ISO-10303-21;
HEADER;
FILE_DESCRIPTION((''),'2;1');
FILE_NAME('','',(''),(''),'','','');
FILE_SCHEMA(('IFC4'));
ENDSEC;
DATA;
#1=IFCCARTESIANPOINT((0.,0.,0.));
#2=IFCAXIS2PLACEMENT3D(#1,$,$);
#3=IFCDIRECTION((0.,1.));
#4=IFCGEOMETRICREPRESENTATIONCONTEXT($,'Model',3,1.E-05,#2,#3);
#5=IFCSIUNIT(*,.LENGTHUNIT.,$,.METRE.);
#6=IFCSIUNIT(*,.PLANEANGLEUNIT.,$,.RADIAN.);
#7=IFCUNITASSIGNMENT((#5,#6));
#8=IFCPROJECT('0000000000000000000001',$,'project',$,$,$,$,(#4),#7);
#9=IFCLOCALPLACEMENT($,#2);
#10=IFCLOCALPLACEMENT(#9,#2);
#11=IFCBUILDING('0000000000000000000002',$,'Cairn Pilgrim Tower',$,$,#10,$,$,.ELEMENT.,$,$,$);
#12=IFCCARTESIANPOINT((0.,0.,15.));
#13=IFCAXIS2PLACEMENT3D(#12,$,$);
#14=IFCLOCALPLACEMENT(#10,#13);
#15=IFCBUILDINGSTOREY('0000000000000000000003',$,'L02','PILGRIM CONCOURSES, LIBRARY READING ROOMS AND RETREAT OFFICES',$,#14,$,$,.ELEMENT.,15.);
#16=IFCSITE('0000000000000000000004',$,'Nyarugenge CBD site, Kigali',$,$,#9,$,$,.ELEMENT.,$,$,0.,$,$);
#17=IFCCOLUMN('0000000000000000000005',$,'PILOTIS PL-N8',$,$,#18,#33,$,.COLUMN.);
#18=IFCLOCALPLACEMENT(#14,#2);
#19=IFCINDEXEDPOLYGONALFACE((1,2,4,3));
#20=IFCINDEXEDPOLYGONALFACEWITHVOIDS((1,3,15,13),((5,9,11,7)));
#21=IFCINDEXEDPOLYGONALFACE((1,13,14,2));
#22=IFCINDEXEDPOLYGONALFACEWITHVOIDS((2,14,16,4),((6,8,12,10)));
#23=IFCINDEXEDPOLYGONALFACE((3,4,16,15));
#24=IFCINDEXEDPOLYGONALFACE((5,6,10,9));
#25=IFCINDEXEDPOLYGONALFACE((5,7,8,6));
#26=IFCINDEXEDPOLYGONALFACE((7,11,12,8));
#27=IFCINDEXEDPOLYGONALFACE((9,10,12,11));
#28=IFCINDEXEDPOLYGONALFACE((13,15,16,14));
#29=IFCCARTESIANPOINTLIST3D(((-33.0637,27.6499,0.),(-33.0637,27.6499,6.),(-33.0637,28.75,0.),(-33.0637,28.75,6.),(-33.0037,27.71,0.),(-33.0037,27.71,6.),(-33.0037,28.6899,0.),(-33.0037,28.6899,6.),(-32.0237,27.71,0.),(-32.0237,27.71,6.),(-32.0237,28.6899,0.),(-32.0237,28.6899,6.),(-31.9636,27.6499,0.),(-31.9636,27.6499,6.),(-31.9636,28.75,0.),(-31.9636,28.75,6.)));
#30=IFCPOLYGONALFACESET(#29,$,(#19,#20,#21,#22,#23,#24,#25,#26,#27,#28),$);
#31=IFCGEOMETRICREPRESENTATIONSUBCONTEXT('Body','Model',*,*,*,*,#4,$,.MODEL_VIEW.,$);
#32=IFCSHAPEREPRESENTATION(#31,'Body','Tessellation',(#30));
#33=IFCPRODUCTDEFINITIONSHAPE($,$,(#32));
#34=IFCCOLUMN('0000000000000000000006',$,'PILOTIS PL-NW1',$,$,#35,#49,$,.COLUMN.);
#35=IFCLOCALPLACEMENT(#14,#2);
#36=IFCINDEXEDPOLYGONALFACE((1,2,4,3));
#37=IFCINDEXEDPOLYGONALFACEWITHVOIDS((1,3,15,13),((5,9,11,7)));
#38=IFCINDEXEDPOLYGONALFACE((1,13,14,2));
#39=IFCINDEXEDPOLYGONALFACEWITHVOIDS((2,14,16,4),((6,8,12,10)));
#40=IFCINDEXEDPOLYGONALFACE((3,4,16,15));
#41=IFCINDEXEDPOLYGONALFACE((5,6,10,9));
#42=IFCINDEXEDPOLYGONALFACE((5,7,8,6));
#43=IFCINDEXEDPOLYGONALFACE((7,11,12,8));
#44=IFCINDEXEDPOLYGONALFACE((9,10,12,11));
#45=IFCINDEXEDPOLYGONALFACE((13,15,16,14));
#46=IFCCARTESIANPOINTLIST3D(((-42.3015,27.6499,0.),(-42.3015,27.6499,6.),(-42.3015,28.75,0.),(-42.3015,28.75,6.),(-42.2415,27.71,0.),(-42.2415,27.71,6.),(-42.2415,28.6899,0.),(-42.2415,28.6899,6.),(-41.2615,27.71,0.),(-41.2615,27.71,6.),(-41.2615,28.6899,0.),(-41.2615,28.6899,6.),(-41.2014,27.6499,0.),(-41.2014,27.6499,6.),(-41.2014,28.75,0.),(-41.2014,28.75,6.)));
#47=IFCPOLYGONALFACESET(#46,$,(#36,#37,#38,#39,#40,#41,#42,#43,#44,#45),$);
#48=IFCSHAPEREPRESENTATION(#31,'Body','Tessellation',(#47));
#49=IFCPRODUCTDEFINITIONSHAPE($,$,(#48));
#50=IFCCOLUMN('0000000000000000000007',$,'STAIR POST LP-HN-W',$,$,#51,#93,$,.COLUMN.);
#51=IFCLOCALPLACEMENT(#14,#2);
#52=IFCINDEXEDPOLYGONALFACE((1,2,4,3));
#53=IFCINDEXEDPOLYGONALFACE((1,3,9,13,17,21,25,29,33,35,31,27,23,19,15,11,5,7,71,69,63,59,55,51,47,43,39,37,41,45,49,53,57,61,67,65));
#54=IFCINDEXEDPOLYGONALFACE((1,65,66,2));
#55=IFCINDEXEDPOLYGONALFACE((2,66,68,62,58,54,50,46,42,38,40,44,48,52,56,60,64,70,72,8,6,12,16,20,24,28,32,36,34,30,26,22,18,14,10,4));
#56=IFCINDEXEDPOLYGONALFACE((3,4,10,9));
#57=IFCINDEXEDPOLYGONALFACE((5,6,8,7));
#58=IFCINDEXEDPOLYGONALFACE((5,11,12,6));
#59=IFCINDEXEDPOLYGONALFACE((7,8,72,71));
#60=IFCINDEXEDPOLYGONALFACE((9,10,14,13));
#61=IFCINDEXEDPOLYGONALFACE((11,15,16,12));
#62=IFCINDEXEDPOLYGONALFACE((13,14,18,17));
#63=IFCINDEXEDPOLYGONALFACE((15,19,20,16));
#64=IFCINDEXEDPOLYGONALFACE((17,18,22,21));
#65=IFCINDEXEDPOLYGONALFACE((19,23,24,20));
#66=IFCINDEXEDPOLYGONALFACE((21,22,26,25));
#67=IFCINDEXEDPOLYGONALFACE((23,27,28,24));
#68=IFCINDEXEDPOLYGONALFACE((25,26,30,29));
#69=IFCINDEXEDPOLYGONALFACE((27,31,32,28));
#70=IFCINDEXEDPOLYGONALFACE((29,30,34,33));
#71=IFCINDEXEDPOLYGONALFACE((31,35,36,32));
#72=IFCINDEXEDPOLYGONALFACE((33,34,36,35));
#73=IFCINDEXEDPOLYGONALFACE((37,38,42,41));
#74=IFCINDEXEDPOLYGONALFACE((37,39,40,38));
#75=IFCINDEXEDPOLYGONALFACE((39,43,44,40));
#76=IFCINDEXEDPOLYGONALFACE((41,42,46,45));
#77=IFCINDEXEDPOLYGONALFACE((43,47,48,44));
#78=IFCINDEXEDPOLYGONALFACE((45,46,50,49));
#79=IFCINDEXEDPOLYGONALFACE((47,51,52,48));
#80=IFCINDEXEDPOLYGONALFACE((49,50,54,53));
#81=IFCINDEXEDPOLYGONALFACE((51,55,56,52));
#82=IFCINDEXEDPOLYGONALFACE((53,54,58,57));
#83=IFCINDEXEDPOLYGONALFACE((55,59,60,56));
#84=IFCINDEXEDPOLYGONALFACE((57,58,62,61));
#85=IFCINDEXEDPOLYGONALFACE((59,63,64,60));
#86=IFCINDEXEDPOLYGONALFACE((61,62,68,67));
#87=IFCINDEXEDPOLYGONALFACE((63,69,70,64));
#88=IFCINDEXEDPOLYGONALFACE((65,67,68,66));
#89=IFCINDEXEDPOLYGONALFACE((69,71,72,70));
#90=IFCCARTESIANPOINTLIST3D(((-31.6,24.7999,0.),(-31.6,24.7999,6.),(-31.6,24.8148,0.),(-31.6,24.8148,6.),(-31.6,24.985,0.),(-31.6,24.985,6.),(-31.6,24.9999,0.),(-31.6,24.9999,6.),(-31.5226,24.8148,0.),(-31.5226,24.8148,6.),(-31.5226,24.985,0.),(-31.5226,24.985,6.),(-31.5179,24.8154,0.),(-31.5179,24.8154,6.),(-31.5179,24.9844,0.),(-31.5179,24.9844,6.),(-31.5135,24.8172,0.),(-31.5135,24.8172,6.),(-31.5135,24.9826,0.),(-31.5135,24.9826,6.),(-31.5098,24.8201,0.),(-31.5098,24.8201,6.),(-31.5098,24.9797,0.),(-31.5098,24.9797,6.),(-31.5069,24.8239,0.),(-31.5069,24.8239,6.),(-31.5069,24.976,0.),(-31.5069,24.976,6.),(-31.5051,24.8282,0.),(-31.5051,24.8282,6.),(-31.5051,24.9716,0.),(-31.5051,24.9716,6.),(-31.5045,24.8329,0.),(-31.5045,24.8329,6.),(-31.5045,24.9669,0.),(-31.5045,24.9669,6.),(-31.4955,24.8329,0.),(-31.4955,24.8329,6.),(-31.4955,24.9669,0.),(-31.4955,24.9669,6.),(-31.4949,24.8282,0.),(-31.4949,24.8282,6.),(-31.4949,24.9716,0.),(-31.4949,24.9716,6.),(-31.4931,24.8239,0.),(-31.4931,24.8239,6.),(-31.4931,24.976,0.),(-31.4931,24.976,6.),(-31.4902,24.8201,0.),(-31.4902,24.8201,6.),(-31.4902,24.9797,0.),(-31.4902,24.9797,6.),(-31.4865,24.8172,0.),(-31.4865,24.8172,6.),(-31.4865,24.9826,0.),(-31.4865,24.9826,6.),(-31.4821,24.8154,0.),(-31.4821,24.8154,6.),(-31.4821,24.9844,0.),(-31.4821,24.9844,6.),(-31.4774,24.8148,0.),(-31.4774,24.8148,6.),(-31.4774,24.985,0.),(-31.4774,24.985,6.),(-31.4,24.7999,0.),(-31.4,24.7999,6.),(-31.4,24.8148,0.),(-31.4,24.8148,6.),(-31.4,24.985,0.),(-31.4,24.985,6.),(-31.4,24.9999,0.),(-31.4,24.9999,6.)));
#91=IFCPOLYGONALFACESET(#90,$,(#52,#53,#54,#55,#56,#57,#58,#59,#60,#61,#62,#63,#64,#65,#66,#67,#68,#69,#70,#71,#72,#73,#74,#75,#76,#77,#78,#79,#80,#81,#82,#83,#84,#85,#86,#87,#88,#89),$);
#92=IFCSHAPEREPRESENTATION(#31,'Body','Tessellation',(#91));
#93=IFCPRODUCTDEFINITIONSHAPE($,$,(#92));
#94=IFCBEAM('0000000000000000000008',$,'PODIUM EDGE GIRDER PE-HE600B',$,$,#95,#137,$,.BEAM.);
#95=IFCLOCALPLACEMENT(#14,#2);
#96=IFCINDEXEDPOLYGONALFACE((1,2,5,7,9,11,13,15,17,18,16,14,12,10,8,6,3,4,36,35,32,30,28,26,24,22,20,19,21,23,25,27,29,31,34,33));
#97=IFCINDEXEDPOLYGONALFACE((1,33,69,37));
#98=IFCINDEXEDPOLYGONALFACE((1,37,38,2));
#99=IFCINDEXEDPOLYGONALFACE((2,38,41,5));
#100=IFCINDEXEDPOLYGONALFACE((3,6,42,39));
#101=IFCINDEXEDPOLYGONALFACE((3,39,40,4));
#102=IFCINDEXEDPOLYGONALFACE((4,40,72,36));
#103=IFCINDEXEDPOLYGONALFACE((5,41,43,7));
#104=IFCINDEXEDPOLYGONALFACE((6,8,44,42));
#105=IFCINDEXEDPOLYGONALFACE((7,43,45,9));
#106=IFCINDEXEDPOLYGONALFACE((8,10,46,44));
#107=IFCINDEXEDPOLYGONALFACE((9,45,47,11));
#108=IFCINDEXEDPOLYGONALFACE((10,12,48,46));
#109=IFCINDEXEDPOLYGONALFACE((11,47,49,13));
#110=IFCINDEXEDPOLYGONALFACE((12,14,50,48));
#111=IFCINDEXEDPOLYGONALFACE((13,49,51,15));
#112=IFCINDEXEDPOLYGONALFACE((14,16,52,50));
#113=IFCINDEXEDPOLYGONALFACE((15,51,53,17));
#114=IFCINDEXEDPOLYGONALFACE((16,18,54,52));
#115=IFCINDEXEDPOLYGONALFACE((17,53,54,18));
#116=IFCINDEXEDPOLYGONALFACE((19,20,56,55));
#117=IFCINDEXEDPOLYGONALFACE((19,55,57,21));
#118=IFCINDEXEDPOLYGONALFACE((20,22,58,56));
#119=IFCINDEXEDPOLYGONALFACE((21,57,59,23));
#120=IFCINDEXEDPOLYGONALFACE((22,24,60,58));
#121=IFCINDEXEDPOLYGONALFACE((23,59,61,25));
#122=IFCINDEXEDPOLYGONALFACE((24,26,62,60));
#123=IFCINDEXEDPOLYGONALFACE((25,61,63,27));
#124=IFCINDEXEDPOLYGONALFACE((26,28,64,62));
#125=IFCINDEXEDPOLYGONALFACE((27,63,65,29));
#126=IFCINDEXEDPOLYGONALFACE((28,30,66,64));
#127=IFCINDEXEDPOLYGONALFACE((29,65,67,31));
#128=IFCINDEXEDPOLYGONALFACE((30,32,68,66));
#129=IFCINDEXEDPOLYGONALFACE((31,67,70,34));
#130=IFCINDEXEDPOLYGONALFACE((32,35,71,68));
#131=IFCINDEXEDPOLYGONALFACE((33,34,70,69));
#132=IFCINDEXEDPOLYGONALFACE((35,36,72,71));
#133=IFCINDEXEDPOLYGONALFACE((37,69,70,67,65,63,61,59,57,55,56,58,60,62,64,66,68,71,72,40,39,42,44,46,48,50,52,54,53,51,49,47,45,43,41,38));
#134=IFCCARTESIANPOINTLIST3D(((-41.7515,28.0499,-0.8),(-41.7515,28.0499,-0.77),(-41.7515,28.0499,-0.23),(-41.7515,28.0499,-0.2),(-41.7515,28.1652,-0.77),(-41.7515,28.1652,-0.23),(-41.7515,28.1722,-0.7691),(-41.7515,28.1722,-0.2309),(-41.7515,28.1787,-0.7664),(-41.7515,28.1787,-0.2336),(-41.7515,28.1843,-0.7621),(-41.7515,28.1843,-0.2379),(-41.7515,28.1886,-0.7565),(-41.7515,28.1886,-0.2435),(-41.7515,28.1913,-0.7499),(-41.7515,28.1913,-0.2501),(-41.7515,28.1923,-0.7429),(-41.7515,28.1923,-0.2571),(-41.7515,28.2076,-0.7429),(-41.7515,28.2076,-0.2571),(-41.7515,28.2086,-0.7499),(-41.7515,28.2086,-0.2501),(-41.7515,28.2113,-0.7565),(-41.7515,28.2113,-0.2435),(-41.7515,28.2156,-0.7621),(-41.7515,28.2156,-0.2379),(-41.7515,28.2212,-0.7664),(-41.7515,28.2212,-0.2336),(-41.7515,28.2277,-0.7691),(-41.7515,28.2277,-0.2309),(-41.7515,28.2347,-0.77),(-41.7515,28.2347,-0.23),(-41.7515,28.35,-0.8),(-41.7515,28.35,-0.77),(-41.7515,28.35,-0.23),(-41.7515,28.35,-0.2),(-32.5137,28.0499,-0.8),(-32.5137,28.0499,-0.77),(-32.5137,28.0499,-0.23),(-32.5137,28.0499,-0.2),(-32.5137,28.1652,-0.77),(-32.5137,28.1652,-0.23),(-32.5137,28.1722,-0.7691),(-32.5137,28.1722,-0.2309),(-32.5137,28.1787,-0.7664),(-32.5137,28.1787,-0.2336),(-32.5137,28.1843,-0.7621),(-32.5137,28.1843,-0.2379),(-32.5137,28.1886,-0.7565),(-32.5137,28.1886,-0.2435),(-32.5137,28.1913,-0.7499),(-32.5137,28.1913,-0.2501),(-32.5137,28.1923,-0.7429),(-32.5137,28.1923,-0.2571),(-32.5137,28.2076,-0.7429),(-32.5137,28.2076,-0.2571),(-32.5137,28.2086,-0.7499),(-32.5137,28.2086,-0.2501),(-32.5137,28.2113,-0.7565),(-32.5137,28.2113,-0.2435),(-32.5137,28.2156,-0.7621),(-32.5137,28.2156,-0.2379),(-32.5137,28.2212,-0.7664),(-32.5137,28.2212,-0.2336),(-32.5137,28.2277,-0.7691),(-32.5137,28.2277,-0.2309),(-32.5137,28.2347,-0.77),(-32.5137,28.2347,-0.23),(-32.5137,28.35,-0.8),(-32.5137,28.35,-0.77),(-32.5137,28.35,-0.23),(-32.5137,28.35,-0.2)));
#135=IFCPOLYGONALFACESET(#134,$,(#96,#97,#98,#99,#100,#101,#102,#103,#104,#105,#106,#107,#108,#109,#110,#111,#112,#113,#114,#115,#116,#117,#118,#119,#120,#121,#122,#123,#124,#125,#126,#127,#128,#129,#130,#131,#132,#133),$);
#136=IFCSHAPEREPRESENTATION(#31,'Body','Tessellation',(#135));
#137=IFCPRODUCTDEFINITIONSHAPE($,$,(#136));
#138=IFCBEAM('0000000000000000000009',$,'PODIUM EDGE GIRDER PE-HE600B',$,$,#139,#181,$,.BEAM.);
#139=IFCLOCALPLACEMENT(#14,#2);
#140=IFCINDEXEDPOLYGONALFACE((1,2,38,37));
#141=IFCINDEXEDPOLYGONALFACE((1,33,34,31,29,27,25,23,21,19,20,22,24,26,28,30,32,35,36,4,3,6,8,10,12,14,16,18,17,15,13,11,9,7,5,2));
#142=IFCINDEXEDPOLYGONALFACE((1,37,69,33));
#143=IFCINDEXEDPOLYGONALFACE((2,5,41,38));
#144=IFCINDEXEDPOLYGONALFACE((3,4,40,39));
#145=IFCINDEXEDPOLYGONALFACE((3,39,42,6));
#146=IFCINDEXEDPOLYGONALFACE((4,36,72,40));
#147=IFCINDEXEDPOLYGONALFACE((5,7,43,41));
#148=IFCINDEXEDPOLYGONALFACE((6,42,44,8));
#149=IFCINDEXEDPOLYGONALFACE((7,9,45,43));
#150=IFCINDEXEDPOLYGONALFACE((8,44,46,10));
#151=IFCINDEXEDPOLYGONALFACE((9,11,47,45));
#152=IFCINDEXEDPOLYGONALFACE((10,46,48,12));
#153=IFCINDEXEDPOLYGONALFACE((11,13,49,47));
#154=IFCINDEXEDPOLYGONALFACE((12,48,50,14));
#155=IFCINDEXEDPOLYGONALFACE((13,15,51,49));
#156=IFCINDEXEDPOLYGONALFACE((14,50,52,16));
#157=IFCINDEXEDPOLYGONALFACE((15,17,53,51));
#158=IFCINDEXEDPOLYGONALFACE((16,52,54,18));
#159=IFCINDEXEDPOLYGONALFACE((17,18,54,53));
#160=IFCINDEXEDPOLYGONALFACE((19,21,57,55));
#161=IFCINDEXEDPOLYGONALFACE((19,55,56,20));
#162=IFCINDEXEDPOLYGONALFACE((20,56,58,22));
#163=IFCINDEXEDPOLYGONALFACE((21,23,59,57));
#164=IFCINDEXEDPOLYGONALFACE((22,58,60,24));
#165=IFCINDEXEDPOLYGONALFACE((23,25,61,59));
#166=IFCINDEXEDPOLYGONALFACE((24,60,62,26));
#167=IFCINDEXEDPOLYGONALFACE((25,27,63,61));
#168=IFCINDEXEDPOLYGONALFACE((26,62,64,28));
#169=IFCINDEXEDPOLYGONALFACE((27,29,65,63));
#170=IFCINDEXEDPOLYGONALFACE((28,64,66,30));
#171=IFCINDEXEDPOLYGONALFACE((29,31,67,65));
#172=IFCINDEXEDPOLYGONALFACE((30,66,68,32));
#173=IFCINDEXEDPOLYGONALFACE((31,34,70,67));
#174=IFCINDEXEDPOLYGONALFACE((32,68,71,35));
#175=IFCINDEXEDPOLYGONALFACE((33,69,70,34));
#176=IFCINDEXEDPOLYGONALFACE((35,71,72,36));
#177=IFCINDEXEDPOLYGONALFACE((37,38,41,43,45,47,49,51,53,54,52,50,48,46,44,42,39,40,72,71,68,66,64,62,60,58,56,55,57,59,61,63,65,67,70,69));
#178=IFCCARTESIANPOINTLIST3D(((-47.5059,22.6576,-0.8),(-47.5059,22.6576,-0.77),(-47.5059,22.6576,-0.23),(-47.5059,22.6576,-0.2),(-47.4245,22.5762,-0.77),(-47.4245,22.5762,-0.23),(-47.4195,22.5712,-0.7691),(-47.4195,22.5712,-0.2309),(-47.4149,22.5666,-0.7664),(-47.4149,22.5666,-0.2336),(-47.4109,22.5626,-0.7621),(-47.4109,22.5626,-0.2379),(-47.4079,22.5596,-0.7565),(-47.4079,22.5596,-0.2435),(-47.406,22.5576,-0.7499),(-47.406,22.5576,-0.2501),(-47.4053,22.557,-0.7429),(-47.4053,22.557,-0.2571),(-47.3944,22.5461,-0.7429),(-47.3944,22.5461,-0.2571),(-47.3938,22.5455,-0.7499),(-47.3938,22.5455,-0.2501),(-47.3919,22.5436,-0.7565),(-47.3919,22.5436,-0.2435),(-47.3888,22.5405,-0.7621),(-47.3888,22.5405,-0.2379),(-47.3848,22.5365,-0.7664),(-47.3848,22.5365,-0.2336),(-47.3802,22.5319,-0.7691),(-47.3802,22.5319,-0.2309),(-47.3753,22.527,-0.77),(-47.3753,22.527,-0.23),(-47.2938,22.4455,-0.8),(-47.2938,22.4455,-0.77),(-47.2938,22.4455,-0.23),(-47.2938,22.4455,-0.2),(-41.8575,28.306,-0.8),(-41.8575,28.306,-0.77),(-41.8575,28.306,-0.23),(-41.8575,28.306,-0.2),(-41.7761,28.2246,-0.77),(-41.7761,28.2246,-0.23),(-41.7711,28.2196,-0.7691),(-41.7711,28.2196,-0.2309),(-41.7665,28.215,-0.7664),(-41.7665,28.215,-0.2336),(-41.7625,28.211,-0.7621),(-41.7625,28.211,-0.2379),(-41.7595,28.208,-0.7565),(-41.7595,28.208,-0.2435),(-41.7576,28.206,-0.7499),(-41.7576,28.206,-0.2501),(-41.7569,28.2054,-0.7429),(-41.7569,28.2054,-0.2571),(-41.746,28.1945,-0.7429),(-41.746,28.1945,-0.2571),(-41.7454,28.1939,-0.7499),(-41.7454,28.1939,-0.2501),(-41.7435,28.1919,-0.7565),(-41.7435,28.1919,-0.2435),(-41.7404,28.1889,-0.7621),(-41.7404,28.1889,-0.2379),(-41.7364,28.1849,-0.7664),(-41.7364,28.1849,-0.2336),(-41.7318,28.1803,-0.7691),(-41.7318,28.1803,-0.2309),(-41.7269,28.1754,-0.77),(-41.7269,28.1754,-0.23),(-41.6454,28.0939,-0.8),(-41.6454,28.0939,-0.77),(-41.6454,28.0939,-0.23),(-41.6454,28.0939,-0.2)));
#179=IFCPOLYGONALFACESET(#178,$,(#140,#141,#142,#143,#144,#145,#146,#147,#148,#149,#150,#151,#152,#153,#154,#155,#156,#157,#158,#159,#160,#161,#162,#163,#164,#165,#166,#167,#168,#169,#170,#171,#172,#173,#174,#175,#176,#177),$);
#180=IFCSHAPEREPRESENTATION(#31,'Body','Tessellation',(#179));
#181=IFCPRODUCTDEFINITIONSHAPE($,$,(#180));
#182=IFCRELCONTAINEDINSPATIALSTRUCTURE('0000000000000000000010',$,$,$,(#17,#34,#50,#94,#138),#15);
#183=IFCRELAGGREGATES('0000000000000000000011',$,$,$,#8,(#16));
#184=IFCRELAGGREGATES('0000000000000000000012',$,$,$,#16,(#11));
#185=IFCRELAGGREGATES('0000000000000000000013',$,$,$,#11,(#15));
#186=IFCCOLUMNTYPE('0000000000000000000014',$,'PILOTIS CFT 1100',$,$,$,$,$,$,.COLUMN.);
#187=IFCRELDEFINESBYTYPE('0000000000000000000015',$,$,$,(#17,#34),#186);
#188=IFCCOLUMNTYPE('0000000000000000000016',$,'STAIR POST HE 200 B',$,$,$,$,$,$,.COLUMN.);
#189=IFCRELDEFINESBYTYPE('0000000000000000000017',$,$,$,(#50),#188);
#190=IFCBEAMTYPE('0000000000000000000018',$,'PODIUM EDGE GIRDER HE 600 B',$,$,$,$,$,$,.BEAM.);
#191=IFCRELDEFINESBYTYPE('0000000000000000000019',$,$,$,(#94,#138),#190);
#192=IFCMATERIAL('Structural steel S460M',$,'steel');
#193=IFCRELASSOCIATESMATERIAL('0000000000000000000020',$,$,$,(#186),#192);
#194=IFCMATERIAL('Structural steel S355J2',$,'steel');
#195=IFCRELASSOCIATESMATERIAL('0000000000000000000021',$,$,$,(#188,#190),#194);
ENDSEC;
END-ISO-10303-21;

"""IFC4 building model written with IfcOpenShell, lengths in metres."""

from ifc_helpers import new_model, si_unit, direction, frame, origin, origin_2d, place, context, subcontext, project, spatial, hollow_rectangle, i_section, extrude, material, material_profile, profile_set, type_object, element, save


model = new_model("IFC4")

# Units and contexts
model_context = context("Model", 3, precision=1e-05, world=origin(), true_north=direction((0.0, 1.0)))
body_context = subcontext(model_context, "Body", "Model", "MODEL_VIEW")
ifc_project = project(units=[si_unit("LENGTHUNIT", "METRE"), si_unit("PLANEANGLEUNIT", "RADIAN")], contexts=[model_context])

# Site, building, storey
site_placement = place(None, origin())
site = spatial("IfcSite", under=ifc_project, at=site_placement, Name="Nyarugenge CBD site, Kigali", CompositionType="ELEMENT", RefElevation=0.0)
building_placement = place(site_placement, origin())
building = spatial("IfcBuilding", under=site, at=building_placement, Name="Cairn Pilgrim Tower", CompositionType="ELEMENT")
storey_placement = place(building_placement, frame((0.0, 0.0, 15.0)))
storey = spatial("IfcBuildingStorey", under=building, at=storey_placement, Name="L02", Description="PILGRIM CONCOURSES, LIBRARY READING ROOMS AND RETREAT OFFICES", CompositionType="ELEMENT", Elevation=15.0)

# Columns
ifc_material_1 = material(Name="Structural steel S460M", Category="steel")
ifc_material_profile_1 = material_profile(ifc_material_1, hollow_rectangle(XDim=1.1001, YDim=1.1001, WallThickness=0.0601, at=origin_2d()), Name="BOX 1100x1100x60")
ifc_profile_set_1 = profile_set([ifc_material_profile_1], Name="Structural steel S460M")
column_type_1 = type_object("IfcColumnType", Name="PILOTIS CFT 1100", PredefinedType="COLUMN", material=ifc_profile_set_1)
for number, where, z_axis, x_axis, name in (
    (1, (-32.5137, 28.2, 0.0), (0.0, 0.0, 1.0), (1.0, 0.0, 0.0), "PILOTIS PL-N8"),
    (2, (-41.7515, 28.2, 0.0), (0.0, 0.0, 1.0), (1.0, 0.0, 0.0), "PILOTIS PL-NW1"),
):
    element("IfcColumn", number, at=place(storey_placement, frame(where, z_axis=z_axis, x_axis=x_axis)), inside=storey, type_object=column_type_1, Name=name, PredefinedType="COLUMN", context=body_context, shape_type="SweptSolid", body=[
        extrude(hollow_rectangle(XDim=1.1001, YDim=1.1001, WallThickness=0.0601, at=origin_2d()), origin(), (0.0, 0.0, 1.0), 6.0),
    ])
ifc_material_2 = material(Name="Structural steel S355J2", Category="steel")
ifc_material_profile_2 = material_profile(ifc_material_2, i_section(OverallWidth=0.2, OverallDepth=0.2, WebThickness=0.009, FlangeThickness=0.0149, FilletRadius=0.0181, at=origin_2d()), Name="HE 200 B")
ifc_profile_set_2 = profile_set([ifc_material_profile_2], Name="Structural steel S355J2")
column_type_2 = type_object("IfcColumnType", Name="STAIR POST HE 200 B", PredefinedType="COLUMN", material=ifc_profile_set_2)
column_placement = place(storey_placement, frame((-31.5, 24.8999, 0.0), z_axis=(0.0, 0.0, 1.0), x_axis=(1.0, 0.0, 0.0)))
element("IfcColumn", 3, at=column_placement, inside=storey, type_object=column_type_2, Name="STAIR POST LP-HN-W", PredefinedType="COLUMN", context=body_context, shape_type="SweptSolid", body=[
    extrude(i_section(OverallWidth=0.2, OverallDepth=0.2, WebThickness=0.009, FlangeThickness=0.0149, FilletRadius=0.0181, at=origin_2d()), origin(), (0.0, 0.0, 1.0), 6.0),
])

# Beams
ifc_material_profile_3 = material_profile(ifc_material_2, i_section(OverallWidth=0.3, OverallDepth=0.6001, WebThickness=0.0154, FlangeThickness=0.03, FilletRadius=0.0271, at=origin_2d()), Name="HEB 600")
ifc_profile_set_3 = profile_set([ifc_material_profile_3], Name="Structural steel S355J2")
beam_type_1 = type_object("IfcBeamType", Name="PODIUM EDGE GIRDER HE 600 B", PredefinedType="BEAM", material=ifc_profile_set_3)
beam_1_placement = place(storey_placement, frame((-32.5137, 28.2, -0.5), z_axis=(-1.0, 0.0, 0.0), x_axis=(0.0, -1.0, 0.0)))
element("IfcBeam", 4, at=beam_1_placement, inside=storey, type_object=beam_type_1, Name="PODIUM EDGE GIRDER PE-HE600B", PredefinedType="BEAM", context=body_context, shape_type="SweptSolid", body=[
    extrude(i_section(OverallWidth=0.3, OverallDepth=0.6001, WebThickness=0.0154, FlangeThickness=0.03, FilletRadius=0.0271, at=origin_2d()), origin(), (0.0, 0.0, 1.0), 9.2378),
])
beam_2_placement = place(storey_placement, frame((-41.7515, 28.2, -0.5), z_axis=(-0.707107, -0.707107, 0.0), x_axis=(0.707107, -0.707107, 0.0)))
element("IfcBeam", 5, at=beam_2_placement, inside=storey, type_object=beam_type_1, Name="PODIUM EDGE GIRDER PE-HE600B", PredefinedType="BEAM", context=body_context, shape_type="SweptSolid", body=[
    extrude(i_section(OverallWidth=0.3, OverallDepth=0.6001, WebThickness=0.0154, FlangeThickness=0.03, FilletRadius=0.0271, at=origin_2d()), origin(), (0.0, 0.0, 1.0), 7.988),
])

save(model, "model.ifc")
